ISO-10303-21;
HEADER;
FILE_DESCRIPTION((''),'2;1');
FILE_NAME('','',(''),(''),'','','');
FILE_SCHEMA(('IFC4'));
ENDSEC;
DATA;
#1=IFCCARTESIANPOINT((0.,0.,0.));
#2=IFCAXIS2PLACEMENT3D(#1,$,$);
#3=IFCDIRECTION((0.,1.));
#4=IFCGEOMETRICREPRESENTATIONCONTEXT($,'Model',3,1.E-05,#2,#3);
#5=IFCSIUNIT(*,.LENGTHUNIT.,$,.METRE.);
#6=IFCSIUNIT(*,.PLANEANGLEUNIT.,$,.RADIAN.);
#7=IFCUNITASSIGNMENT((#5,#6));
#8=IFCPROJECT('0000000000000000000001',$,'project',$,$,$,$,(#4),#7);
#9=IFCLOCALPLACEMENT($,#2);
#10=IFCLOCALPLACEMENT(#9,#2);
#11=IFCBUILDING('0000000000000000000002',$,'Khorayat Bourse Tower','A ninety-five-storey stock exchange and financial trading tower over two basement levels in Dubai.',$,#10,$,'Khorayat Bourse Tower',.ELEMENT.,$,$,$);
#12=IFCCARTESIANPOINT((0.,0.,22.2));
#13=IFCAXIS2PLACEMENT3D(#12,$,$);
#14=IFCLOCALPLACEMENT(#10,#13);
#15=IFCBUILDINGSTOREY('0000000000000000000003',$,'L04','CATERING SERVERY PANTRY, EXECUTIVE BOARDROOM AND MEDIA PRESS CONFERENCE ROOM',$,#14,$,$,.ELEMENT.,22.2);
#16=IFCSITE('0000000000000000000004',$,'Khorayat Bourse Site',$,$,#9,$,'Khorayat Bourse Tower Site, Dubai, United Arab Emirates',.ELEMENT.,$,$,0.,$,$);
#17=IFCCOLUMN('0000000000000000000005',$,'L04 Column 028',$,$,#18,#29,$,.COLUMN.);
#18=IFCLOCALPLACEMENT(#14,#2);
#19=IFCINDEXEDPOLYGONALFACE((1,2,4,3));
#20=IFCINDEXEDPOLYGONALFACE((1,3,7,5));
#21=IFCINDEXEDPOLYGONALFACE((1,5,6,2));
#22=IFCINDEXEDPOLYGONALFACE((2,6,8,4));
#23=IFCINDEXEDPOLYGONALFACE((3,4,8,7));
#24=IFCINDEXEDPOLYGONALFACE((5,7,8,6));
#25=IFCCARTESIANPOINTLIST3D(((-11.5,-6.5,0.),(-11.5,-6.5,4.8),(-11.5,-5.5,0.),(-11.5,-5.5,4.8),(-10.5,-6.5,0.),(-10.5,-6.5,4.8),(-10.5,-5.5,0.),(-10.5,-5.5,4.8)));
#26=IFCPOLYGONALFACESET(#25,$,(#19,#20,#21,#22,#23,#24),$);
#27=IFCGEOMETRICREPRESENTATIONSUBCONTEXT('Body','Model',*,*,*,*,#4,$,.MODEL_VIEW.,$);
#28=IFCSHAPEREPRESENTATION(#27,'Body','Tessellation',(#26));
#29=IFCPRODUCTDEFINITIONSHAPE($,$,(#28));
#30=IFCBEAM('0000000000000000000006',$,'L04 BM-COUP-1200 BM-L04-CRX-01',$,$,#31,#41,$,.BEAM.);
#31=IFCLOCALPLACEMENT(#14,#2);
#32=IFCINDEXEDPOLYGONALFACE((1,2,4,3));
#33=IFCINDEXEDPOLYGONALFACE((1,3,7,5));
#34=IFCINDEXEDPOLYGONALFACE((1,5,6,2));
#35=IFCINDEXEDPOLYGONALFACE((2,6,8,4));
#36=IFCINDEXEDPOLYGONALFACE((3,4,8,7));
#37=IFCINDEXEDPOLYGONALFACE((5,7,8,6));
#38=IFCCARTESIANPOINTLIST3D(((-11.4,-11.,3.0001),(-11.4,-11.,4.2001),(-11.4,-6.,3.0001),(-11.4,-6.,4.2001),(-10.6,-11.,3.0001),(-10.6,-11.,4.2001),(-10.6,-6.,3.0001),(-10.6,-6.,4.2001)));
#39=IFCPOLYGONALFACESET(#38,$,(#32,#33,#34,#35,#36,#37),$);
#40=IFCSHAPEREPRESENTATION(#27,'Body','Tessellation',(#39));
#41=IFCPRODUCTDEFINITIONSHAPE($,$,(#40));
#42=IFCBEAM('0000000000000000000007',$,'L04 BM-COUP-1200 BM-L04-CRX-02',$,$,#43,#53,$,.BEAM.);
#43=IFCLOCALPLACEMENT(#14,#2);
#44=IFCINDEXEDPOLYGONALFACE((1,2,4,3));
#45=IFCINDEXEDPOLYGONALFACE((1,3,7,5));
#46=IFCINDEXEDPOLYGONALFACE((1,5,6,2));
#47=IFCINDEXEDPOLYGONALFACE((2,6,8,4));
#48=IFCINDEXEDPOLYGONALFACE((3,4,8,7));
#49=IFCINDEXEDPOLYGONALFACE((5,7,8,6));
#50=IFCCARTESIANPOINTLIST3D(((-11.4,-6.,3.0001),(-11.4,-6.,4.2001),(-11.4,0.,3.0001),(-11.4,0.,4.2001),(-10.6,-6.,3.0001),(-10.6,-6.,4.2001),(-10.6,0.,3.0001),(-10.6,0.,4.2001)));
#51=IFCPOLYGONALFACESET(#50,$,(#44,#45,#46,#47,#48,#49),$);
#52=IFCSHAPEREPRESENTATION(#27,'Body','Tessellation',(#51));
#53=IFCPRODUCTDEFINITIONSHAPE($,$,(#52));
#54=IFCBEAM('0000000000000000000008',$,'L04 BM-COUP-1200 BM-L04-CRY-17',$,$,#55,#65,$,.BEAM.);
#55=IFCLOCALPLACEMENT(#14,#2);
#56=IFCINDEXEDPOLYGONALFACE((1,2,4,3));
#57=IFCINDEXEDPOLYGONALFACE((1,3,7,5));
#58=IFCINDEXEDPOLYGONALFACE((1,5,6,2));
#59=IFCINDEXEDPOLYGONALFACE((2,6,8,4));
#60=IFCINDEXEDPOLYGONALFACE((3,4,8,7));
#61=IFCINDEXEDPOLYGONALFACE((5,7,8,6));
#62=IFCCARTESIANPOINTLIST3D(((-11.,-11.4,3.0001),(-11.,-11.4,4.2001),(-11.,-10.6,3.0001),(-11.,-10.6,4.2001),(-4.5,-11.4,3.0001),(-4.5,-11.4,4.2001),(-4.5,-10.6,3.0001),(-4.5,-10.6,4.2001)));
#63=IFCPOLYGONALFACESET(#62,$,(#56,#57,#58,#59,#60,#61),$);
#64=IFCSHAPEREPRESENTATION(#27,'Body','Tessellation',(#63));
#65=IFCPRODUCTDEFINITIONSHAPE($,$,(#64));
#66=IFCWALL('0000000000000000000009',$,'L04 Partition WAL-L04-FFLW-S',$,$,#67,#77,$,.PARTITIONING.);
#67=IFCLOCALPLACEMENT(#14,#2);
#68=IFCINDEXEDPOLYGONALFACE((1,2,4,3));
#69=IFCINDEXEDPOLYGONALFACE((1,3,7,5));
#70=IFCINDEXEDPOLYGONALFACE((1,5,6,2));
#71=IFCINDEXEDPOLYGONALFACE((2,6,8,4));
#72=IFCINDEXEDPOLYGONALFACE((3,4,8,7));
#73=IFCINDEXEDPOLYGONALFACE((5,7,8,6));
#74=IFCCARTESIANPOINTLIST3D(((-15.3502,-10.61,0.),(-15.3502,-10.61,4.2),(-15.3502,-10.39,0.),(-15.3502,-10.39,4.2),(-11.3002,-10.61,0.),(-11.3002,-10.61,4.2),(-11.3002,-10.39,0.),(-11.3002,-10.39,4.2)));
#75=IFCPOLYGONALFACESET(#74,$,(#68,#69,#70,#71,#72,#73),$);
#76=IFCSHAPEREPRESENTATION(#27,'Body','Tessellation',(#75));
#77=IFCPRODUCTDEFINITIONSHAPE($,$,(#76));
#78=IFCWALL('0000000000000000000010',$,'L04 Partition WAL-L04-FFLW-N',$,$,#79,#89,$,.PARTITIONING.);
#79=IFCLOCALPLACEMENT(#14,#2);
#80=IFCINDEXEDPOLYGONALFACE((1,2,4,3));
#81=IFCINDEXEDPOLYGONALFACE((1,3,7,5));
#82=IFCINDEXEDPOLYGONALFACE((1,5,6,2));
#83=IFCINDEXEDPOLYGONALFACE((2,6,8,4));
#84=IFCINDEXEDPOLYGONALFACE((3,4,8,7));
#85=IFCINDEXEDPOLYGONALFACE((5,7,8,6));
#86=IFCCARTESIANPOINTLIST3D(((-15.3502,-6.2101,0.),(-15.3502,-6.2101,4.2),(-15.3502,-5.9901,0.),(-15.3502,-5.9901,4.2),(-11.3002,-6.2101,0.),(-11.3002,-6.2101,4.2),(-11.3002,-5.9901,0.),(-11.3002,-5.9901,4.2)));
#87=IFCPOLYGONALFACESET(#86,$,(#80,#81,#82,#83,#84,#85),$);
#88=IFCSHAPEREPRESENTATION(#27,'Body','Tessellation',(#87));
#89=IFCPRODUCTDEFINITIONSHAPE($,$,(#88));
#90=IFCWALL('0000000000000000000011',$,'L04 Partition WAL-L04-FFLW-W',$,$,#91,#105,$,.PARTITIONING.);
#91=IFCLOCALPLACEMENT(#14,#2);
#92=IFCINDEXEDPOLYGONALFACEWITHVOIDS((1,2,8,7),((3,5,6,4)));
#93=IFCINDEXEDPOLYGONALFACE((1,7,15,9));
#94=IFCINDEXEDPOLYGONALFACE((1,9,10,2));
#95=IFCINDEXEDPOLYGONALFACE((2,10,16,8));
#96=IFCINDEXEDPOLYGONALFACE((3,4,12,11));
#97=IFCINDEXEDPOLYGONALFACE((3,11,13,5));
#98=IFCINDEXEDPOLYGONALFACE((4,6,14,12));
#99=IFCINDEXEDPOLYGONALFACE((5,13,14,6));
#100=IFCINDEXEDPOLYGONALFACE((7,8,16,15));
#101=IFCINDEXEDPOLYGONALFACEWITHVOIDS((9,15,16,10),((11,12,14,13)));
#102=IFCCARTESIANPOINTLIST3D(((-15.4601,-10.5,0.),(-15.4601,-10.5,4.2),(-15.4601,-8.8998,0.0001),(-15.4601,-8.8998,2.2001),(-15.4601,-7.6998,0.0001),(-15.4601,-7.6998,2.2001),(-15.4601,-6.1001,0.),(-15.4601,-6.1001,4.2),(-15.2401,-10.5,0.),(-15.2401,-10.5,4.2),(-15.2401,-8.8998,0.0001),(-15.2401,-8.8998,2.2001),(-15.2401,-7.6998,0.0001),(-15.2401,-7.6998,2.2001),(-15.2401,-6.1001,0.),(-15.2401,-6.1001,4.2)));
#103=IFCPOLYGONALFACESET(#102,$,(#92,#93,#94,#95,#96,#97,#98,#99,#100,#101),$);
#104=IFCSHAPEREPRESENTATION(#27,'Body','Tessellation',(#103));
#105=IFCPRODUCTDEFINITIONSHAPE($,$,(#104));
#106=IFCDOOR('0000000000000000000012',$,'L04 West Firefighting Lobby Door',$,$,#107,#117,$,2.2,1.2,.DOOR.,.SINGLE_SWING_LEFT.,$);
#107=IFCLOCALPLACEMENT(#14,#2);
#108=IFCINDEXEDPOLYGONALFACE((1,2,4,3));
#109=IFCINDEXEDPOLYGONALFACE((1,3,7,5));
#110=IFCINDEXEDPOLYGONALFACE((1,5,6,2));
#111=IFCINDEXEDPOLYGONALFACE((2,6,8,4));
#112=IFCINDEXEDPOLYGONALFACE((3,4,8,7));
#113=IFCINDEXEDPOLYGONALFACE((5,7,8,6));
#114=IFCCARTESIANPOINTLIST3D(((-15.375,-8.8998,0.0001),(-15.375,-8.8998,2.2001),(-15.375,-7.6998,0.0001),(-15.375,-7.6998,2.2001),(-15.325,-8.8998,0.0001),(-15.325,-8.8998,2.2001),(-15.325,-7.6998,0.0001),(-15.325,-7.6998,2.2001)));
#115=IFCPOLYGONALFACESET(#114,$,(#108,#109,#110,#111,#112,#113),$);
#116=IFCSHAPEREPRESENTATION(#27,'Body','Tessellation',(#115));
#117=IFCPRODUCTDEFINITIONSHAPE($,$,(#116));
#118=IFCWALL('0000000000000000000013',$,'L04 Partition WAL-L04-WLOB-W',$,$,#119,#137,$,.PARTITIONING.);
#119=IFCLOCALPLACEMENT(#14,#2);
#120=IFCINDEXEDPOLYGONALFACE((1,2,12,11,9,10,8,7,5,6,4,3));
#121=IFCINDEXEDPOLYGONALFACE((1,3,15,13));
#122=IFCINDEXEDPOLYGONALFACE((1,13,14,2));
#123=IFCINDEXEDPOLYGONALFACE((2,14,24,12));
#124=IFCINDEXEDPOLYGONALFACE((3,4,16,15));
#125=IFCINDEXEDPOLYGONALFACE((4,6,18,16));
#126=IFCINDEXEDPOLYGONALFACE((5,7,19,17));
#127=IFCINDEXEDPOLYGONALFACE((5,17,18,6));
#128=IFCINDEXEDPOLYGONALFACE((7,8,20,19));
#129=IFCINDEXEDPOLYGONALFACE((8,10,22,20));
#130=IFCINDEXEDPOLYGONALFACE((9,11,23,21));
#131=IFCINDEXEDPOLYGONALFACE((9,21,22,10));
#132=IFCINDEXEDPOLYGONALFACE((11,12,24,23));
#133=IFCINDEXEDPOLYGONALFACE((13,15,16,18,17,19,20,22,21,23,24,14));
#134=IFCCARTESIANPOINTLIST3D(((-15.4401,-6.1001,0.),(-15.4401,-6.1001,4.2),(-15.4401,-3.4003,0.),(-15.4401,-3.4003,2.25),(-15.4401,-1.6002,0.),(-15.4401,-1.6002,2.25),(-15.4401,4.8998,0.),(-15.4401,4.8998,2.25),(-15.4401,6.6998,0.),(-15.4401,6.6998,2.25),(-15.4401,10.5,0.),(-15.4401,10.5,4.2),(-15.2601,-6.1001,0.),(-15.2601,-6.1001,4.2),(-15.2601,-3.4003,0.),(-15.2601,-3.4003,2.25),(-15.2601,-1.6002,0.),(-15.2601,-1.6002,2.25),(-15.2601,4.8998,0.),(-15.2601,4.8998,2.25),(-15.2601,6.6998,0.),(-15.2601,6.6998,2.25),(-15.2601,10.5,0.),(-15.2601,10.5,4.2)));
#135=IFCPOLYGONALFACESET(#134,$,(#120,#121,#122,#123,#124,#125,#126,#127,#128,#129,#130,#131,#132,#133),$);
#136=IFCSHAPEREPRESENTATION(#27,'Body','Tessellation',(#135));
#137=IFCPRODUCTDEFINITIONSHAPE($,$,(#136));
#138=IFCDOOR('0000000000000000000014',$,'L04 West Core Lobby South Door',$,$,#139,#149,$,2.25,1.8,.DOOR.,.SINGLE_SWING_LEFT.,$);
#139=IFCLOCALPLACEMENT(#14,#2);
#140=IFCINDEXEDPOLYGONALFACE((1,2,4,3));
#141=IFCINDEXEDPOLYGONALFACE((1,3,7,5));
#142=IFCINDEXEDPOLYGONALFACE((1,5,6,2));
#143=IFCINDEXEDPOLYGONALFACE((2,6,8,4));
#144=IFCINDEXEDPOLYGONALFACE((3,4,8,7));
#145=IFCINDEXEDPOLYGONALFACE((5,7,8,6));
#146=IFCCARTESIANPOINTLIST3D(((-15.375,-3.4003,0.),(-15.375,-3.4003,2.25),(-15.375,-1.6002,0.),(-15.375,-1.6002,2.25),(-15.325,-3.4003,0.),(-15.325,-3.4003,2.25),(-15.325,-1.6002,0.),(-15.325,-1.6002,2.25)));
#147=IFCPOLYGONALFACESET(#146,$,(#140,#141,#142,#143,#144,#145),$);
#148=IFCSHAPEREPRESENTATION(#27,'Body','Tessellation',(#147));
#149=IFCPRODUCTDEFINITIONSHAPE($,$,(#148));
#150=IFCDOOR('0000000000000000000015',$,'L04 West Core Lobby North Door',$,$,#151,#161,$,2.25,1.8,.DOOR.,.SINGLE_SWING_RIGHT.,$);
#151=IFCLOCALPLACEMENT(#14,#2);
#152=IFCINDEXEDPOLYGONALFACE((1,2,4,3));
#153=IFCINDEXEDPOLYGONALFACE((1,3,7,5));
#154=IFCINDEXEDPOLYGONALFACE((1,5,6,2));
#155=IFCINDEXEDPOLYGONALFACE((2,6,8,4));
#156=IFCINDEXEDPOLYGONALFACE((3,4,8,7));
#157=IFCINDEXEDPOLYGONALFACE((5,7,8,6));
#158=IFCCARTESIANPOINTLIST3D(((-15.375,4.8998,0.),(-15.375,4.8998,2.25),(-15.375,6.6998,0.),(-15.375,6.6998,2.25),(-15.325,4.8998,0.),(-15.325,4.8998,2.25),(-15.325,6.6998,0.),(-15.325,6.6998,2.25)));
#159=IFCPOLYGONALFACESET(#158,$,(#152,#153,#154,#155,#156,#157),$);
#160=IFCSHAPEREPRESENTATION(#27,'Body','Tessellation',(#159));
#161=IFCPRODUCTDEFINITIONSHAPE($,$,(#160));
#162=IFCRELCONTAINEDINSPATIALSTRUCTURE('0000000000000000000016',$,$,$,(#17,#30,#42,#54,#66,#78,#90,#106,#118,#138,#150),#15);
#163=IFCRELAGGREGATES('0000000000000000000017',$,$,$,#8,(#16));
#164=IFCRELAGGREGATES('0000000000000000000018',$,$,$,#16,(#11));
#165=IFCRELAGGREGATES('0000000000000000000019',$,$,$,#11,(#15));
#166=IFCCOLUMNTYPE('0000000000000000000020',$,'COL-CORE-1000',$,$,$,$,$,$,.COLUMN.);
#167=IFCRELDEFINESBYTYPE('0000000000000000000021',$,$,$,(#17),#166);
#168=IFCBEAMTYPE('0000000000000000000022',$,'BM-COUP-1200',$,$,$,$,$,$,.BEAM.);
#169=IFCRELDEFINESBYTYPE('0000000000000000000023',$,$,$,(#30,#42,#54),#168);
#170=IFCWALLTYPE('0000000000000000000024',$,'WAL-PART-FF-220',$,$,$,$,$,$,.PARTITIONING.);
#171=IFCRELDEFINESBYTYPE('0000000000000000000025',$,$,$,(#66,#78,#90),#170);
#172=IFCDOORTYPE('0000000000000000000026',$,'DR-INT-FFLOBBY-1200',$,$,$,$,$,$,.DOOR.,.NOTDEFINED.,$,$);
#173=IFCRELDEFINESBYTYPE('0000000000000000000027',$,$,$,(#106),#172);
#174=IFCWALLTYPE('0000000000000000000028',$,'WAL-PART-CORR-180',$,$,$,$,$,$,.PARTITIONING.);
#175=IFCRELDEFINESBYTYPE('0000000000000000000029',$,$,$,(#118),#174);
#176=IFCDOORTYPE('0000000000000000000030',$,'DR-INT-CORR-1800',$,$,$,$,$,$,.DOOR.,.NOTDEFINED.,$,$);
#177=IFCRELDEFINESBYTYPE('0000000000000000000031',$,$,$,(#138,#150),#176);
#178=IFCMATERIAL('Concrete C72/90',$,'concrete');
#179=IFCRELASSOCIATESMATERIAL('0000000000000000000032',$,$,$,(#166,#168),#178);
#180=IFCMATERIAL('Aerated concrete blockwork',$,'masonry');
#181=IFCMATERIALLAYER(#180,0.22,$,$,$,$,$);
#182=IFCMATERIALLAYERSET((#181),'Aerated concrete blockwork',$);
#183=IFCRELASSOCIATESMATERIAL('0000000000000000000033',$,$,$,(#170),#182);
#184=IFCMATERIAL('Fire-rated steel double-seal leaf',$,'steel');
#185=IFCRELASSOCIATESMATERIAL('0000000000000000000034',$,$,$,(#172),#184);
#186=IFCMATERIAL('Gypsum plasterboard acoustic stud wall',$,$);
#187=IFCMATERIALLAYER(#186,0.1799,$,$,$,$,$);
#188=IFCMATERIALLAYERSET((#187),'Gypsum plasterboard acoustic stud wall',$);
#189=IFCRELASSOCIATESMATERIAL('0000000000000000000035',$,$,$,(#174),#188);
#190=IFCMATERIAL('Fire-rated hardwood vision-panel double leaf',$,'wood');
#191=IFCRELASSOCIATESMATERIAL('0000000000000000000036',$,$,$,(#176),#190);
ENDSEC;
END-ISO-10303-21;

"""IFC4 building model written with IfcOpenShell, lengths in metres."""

from ifc_helpers import new_model, si_unit, direction, frame, frame_2d, origin, origin_2d, place, context, subcontext, project, spatial, rectangle, extrude, source, transform, mapped, material, layer, layer_set, material_profile, profile_set, type_object, element, fill, save


model = new_model("IFC4")

# Units and contexts
model_context = context("Model", 3, precision=1e-05, world=origin(), true_north=direction((0.0, 1.0)))
body_context = subcontext(model_context, "Body", "Model", "MODEL_VIEW")
ifc_project = project(units=[si_unit("LENGTHUNIT", "METRE"), si_unit("PLANEANGLEUNIT", "RADIAN")], contexts=[model_context])

# Site, building, storey
site_placement = place(None, origin())
site = spatial("IfcSite", under=ifc_project, at=site_placement, Name="Khorayat Bourse Site", LongName="Khorayat Bourse Tower Site, Dubai, United Arab Emirates", CompositionType="ELEMENT", RefElevation=0.0)
building_placement = place(site_placement, origin())
building = spatial("IfcBuilding", under=site, at=building_placement, Name="Khorayat Bourse Tower", Description="A ninety-five-storey stock exchange and financial trading tower over two basement levels in Dubai.", LongName="Khorayat Bourse Tower", CompositionType="ELEMENT")
storey_placement = place(building_placement, frame((0.0, 0.0, 22.2)))
storey = spatial("IfcBuildingStorey", under=building, at=storey_placement, Name="L04", Description="CATERING SERVERY PANTRY, EXECUTIVE BOARDROOM AND MEDIA PRESS CONFERENCE ROOM", CompositionType="ELEMENT", Elevation=22.2)

# Column
ifc_material_1 = material(Name="Concrete C72/90", Category="concrete")
ifc_material_profile_1 = material_profile(ifc_material_1, rectangle(XDim=1.0, YDim=1.0, at=origin_2d()), Name="RC 1000x1000")
ifc_profile_set_1 = profile_set([ifc_material_profile_1], Name="Concrete C72/90")
column_type = type_object("IfcColumnType", Name="COL-CORE-1000", PredefinedType="COLUMN", material=ifc_profile_set_1)
shared_shape_1 = source(origin(), body_context, "Body", "SweptSolid", [
    extrude(rectangle(XDim=1.0, YDim=1.0, at=origin_2d()), origin(), (0.0, 0.0, 1.0), 4.8),
])
column_placement = place(storey_placement, frame((-11.0, -6.0, 0.0), z_axis=(0.0, 0.0, 1.0), x_axis=(1.0, 0.0, 0.0)))
element("IfcColumn", 1, at=column_placement, inside=storey, type_object=column_type, Name="L04 Column 028", PredefinedType="COLUMN", context=body_context, shape_type="MappedRepresentation", body=[
    mapped(shared_shape_1, transform((0.0, 0.0, 0.0), scale=1.0)),
])

# Beams
ifc_material_profile_2 = material_profile(ifc_material_1, rectangle(XDim=0.8, YDim=1.2, at=origin_2d()), Name="RC 800x1200")
ifc_profile_set_2 = profile_set([ifc_material_profile_2], Name="Concrete C72/90")
beam_type = type_object("IfcBeamType", Name="BM-COUP-1200", PredefinedType="BEAM", material=ifc_profile_set_2)
shared_shape_2 = source(origin(), body_context, "Body", "SweptSolid", [
    extrude(rectangle(XDim=0.8, YDim=1.2, at=origin_2d()), origin(), (0.0, 0.0, 1.0), 5.0),
])
beam_1_placement = place(storey_placement, frame((-11.0, -11.0, 3.6001), z_axis=(0.0, 1.0, 0.0), x_axis=(-1.0, 0.0, 0.0)))
element("IfcBeam", 2, at=beam_1_placement, inside=storey, type_object=beam_type, Name="L04 BM-COUP-1200 BM-L04-CRX-01", PredefinedType="BEAM", context=body_context, shape_type="MappedRepresentation", body=[
    mapped(shared_shape_2, transform((0.0, 0.0, 0.0), scale=1.0)),
])
shared_shape_3 = source(origin(), body_context, "Body", "SweptSolid", [
    extrude(rectangle(XDim=0.8, YDim=1.2, at=origin_2d()), origin(), (0.0, 0.0, 1.0), 6.0),
])
beam_2_placement = place(storey_placement, frame((-11.0, -6.0, 3.6001), z_axis=(0.0, 1.0, 0.0), x_axis=(-1.0, 0.0, 0.0)))
element("IfcBeam", 3, at=beam_2_placement, inside=storey, type_object=beam_type, Name="L04 BM-COUP-1200 BM-L04-CRX-02", PredefinedType="BEAM", context=body_context, shape_type="MappedRepresentation", body=[
    mapped(shared_shape_3, transform((0.0, 0.0, 0.0), scale=1.0)),
])
shared_shape_4 = source(origin(), body_context, "Body", "SweptSolid", [
    extrude(rectangle(XDim=0.8, YDim=1.2, at=origin_2d()), origin(), (0.0, 0.0, 1.0), 6.5),
])
beam_3_placement = place(storey_placement, frame((-11.0, -11.0, 3.6001), z_axis=(1.0, 0.0, 0.0), x_axis=(0.0, 1.0, 0.0)))
element("IfcBeam", 4, at=beam_3_placement, inside=storey, type_object=beam_type, Name="L04 BM-COUP-1200 BM-L04-CRY-17", PredefinedType="BEAM", context=body_context, shape_type="MappedRepresentation", body=[
    mapped(shared_shape_4, transform((0.0, 0.0, 0.0), scale=1.0)),
])

# Walls
ifc_material_2 = material(Name="Aerated concrete blockwork", Category="masonry")
ifc_layer_1 = layer(ifc_material_2, 0.22)
ifc_layer_set_1 = layer_set([ifc_layer_1], Name="Aerated concrete blockwork")
wall_type_1 = type_object("IfcWallType", Name="WAL-PART-FF-220", PredefinedType="PARTITIONING", material=ifc_layer_set_1)
shared_shape_5 = source(origin(), body_context, "Body", "SweptSolid", [
    extrude(rectangle(XDim=4.05, YDim=0.22, at=frame_2d((2.0249, 0.0))), origin(), (0.0, 0.0, 1.0), 4.2),
])
for number, where, z_axis, x_axis, name in (
    (5, (-15.3501, -10.5, 0.0), (0.0, 0.0, 1.0), (1.0, 0.0, 0.0), "L04 Partition WAL-L04-FFLW-S"),
    (6, (-15.3501, -6.1001, 0.0), (0.0, 0.0, 1.0), (1.0, 0.0, 0.0), "L04 Partition WAL-L04-FFLW-N"),
):
    element("IfcWall", number, at=place(storey_placement, frame(where, z_axis=z_axis, x_axis=x_axis)), inside=storey, type_object=wall_type_1, Name=name, PredefinedType="PARTITIONING", context=body_context, shape_type="MappedRepresentation", body=[
        mapped(shared_shape_5, transform((0.0, 0.0, 0.0), scale=1.0)),
    ])

# Wall, opening, door
shared_shape_6 = source(origin(), body_context, "Body", "SweptSolid", [
    extrude(rectangle(XDim=4.3999, YDim=0.22, at=frame_2d((2.2, 0.0))), origin(), (0.0, 0.0, 1.0), 4.2),
])
wall_1_placement = place(storey_placement, frame((-15.3501, -10.5, 0.0), z_axis=(0.0, 0.0, 1.0), x_axis=(0.0, 1.0, 0.0)))
wall_1 = element("IfcWall", 7, at=wall_1_placement, inside=storey, type_object=wall_type_1, Name="L04 Partition WAL-L04-FFLW-W", PredefinedType="PARTITIONING", context=body_context, shape_type="MappedRepresentation", body=[
    mapped(shared_shape_6, transform((0.0, 0.0, 0.0), scale=1.0)),
])
shared_shape_7 = source(origin(), body_context, "Body", "SweptSolid", [
    extrude(rectangle(XDim=1.2, YDim=2.2, at=frame_2d((0.6001, 1.1001))), frame((0.0, 0.1199, 0.0), z_axis=(0.0, -1.0, 0.0), x_axis=(1.0, 0.0, 0.0)), (0.0, 0.0, 1.0), 0.24),
])
opening_1_placement = place(wall_1_placement, frame((1.6001, 0.0, 0.0)))
opening_1 = element("IfcOpeningElement", 8, at=opening_1_placement, cuts=wall_1, PredefinedType="OPENING", context=body_context, shape_type="MappedRepresentation", body=[
    mapped(shared_shape_7, transform((0.0, 0.0, 0.0), scale=1.0)),
])
ifc_material_3 = material(Name="Fire-rated steel double-seal leaf", Category="steel")
door_type_1 = type_object("IfcDoorType", Name="DR-INT-FFLOBBY-1200", OperationType="NOTDEFINED", PredefinedType="DOOR", material=ifc_material_3)
shared_shape_8 = source(origin(), body_context, "Body", "SweptSolid", [
    extrude(rectangle(XDim=1.2, YDim=2.2, at=frame_2d((0.6001, 1.1001))), frame((0.0, 0.0249, 0.0), z_axis=(0.0, -1.0, 0.0), x_axis=(1.0, 0.0, 0.0)), (0.0, 0.0, 1.0), 0.05),
])
door_1_placement = place(opening_1_placement, origin())
door_1 = element("IfcDoor", 9, at=door_1_placement, inside=storey, type_object=door_type_1, Name="L04 West Firefighting Lobby Door", OperationType="SINGLE_SWING_LEFT", OverallHeight=2.2, OverallWidth=1.2, PredefinedType="DOOR", context=body_context, shape_type="MappedRepresentation", body=[
    mapped(shared_shape_8, transform((0.0, 0.0, 0.0), scale=1.0)),
])
fill(opening_1, door_1)

# Wall, openings, doors
ifc_material_4 = material(Name="Gypsum plasterboard acoustic stud wall")
ifc_layer_2 = layer(ifc_material_4, 0.1799)
ifc_layer_set_2 = layer_set([ifc_layer_2], Name="Gypsum plasterboard acoustic stud wall")
wall_type_2 = type_object("IfcWallType", Name="WAL-PART-CORR-180", PredefinedType="PARTITIONING", material=ifc_layer_set_2)
shared_shape_9 = source(origin(), body_context, "Body", "SweptSolid", [
    extrude(rectangle(XDim=16.6001, YDim=0.1799, at=frame_2d((8.3, 0.0))), origin(), (0.0, 0.0, 1.0), 4.2),
])
wall_2_placement = place(storey_placement, frame((-15.3501, -6.1001, 0.0), z_axis=(0.0, 0.0, 1.0), x_axis=(0.0, 1.0, 0.0)))
wall_2 = element("IfcWall", 10, at=wall_2_placement, inside=storey, type_object=wall_type_2, Name="L04 Partition WAL-L04-WLOB-W", PredefinedType="PARTITIONING", context=body_context, shape_type="MappedRepresentation", body=[
    mapped(shared_shape_9, transform((0.0, 0.0, 0.0), scale=1.0)),
])
shared_shape_10 = source(origin(), body_context, "Body", "SweptSolid", [
    extrude(rectangle(XDim=1.8, YDim=2.25, at=frame_2d((0.8999, 1.125))), frame((0.0, 0.0999, 0.0), z_axis=(0.0, -1.0, 0.0), x_axis=(1.0, 0.0, 0.0)), (0.0, 0.0, 1.0), 0.2),
])
opening_2_placement = place(wall_2_placement, frame((2.7, 0.0, 0.0)))
opening_2 = element("IfcOpeningElement", 11, at=opening_2_placement, cuts=wall_2, PredefinedType="OPENING", context=body_context, shape_type="MappedRepresentation", body=[
    mapped(shared_shape_10, transform((0.0, 0.0, 0.0), scale=1.0)),
])
opening_3_placement = place(wall_2_placement, frame((11.0, 0.0, 0.0)))
opening_3 = element("IfcOpeningElement", 12, at=opening_3_placement, cuts=wall_2, PredefinedType="OPENING", context=body_context, shape_type="MappedRepresentation", body=[
    mapped(shared_shape_10, transform((0.0, 0.0, 0.0), scale=1.0)),
])
ifc_material_5 = material(Name="Fire-rated hardwood vision-panel double leaf", Category="wood")
door_type_2 = type_object("IfcDoorType", Name="DR-INT-CORR-1800", OperationType="NOTDEFINED", PredefinedType="DOOR", material=ifc_material_5)
shared_shape_11 = source(origin(), body_context, "Body", "SweptSolid", [
    extrude(rectangle(XDim=1.8, YDim=2.25, at=frame_2d((0.8999, 1.125))), frame((0.0, 0.0249, 0.0), z_axis=(0.0, -1.0, 0.0), x_axis=(1.0, 0.0, 0.0)), (0.0, 0.0, 1.0), 0.05),
])
door_2_placement = place(opening_2_placement, origin())
door_2 = element("IfcDoor", 13, at=door_2_placement, inside=storey, type_object=door_type_2, Name="L04 West Core Lobby South Door", OperationType="SINGLE_SWING_LEFT", OverallHeight=2.25, OverallWidth=1.8, PredefinedType="DOOR", context=body_context, shape_type="MappedRepresentation", body=[
    mapped(shared_shape_11, transform((0.0, 0.0, 0.0), scale=1.0)),
])
fill(opening_2, door_2)
door_3_placement = place(opening_3_placement, origin())
door_3 = element("IfcDoor", 14, at=door_3_placement, inside=storey, type_object=door_type_2, Name="L04 West Core Lobby North Door", OperationType="SINGLE_SWING_RIGHT", OverallHeight=2.25, OverallWidth=1.8, PredefinedType="DOOR", context=body_context, shape_type="MappedRepresentation", body=[
    mapped(shared_shape_11, transform((0.0, 0.0, 0.0), scale=1.0)),
])
fill(opening_3, door_3)

save(model, "model.ifc")
